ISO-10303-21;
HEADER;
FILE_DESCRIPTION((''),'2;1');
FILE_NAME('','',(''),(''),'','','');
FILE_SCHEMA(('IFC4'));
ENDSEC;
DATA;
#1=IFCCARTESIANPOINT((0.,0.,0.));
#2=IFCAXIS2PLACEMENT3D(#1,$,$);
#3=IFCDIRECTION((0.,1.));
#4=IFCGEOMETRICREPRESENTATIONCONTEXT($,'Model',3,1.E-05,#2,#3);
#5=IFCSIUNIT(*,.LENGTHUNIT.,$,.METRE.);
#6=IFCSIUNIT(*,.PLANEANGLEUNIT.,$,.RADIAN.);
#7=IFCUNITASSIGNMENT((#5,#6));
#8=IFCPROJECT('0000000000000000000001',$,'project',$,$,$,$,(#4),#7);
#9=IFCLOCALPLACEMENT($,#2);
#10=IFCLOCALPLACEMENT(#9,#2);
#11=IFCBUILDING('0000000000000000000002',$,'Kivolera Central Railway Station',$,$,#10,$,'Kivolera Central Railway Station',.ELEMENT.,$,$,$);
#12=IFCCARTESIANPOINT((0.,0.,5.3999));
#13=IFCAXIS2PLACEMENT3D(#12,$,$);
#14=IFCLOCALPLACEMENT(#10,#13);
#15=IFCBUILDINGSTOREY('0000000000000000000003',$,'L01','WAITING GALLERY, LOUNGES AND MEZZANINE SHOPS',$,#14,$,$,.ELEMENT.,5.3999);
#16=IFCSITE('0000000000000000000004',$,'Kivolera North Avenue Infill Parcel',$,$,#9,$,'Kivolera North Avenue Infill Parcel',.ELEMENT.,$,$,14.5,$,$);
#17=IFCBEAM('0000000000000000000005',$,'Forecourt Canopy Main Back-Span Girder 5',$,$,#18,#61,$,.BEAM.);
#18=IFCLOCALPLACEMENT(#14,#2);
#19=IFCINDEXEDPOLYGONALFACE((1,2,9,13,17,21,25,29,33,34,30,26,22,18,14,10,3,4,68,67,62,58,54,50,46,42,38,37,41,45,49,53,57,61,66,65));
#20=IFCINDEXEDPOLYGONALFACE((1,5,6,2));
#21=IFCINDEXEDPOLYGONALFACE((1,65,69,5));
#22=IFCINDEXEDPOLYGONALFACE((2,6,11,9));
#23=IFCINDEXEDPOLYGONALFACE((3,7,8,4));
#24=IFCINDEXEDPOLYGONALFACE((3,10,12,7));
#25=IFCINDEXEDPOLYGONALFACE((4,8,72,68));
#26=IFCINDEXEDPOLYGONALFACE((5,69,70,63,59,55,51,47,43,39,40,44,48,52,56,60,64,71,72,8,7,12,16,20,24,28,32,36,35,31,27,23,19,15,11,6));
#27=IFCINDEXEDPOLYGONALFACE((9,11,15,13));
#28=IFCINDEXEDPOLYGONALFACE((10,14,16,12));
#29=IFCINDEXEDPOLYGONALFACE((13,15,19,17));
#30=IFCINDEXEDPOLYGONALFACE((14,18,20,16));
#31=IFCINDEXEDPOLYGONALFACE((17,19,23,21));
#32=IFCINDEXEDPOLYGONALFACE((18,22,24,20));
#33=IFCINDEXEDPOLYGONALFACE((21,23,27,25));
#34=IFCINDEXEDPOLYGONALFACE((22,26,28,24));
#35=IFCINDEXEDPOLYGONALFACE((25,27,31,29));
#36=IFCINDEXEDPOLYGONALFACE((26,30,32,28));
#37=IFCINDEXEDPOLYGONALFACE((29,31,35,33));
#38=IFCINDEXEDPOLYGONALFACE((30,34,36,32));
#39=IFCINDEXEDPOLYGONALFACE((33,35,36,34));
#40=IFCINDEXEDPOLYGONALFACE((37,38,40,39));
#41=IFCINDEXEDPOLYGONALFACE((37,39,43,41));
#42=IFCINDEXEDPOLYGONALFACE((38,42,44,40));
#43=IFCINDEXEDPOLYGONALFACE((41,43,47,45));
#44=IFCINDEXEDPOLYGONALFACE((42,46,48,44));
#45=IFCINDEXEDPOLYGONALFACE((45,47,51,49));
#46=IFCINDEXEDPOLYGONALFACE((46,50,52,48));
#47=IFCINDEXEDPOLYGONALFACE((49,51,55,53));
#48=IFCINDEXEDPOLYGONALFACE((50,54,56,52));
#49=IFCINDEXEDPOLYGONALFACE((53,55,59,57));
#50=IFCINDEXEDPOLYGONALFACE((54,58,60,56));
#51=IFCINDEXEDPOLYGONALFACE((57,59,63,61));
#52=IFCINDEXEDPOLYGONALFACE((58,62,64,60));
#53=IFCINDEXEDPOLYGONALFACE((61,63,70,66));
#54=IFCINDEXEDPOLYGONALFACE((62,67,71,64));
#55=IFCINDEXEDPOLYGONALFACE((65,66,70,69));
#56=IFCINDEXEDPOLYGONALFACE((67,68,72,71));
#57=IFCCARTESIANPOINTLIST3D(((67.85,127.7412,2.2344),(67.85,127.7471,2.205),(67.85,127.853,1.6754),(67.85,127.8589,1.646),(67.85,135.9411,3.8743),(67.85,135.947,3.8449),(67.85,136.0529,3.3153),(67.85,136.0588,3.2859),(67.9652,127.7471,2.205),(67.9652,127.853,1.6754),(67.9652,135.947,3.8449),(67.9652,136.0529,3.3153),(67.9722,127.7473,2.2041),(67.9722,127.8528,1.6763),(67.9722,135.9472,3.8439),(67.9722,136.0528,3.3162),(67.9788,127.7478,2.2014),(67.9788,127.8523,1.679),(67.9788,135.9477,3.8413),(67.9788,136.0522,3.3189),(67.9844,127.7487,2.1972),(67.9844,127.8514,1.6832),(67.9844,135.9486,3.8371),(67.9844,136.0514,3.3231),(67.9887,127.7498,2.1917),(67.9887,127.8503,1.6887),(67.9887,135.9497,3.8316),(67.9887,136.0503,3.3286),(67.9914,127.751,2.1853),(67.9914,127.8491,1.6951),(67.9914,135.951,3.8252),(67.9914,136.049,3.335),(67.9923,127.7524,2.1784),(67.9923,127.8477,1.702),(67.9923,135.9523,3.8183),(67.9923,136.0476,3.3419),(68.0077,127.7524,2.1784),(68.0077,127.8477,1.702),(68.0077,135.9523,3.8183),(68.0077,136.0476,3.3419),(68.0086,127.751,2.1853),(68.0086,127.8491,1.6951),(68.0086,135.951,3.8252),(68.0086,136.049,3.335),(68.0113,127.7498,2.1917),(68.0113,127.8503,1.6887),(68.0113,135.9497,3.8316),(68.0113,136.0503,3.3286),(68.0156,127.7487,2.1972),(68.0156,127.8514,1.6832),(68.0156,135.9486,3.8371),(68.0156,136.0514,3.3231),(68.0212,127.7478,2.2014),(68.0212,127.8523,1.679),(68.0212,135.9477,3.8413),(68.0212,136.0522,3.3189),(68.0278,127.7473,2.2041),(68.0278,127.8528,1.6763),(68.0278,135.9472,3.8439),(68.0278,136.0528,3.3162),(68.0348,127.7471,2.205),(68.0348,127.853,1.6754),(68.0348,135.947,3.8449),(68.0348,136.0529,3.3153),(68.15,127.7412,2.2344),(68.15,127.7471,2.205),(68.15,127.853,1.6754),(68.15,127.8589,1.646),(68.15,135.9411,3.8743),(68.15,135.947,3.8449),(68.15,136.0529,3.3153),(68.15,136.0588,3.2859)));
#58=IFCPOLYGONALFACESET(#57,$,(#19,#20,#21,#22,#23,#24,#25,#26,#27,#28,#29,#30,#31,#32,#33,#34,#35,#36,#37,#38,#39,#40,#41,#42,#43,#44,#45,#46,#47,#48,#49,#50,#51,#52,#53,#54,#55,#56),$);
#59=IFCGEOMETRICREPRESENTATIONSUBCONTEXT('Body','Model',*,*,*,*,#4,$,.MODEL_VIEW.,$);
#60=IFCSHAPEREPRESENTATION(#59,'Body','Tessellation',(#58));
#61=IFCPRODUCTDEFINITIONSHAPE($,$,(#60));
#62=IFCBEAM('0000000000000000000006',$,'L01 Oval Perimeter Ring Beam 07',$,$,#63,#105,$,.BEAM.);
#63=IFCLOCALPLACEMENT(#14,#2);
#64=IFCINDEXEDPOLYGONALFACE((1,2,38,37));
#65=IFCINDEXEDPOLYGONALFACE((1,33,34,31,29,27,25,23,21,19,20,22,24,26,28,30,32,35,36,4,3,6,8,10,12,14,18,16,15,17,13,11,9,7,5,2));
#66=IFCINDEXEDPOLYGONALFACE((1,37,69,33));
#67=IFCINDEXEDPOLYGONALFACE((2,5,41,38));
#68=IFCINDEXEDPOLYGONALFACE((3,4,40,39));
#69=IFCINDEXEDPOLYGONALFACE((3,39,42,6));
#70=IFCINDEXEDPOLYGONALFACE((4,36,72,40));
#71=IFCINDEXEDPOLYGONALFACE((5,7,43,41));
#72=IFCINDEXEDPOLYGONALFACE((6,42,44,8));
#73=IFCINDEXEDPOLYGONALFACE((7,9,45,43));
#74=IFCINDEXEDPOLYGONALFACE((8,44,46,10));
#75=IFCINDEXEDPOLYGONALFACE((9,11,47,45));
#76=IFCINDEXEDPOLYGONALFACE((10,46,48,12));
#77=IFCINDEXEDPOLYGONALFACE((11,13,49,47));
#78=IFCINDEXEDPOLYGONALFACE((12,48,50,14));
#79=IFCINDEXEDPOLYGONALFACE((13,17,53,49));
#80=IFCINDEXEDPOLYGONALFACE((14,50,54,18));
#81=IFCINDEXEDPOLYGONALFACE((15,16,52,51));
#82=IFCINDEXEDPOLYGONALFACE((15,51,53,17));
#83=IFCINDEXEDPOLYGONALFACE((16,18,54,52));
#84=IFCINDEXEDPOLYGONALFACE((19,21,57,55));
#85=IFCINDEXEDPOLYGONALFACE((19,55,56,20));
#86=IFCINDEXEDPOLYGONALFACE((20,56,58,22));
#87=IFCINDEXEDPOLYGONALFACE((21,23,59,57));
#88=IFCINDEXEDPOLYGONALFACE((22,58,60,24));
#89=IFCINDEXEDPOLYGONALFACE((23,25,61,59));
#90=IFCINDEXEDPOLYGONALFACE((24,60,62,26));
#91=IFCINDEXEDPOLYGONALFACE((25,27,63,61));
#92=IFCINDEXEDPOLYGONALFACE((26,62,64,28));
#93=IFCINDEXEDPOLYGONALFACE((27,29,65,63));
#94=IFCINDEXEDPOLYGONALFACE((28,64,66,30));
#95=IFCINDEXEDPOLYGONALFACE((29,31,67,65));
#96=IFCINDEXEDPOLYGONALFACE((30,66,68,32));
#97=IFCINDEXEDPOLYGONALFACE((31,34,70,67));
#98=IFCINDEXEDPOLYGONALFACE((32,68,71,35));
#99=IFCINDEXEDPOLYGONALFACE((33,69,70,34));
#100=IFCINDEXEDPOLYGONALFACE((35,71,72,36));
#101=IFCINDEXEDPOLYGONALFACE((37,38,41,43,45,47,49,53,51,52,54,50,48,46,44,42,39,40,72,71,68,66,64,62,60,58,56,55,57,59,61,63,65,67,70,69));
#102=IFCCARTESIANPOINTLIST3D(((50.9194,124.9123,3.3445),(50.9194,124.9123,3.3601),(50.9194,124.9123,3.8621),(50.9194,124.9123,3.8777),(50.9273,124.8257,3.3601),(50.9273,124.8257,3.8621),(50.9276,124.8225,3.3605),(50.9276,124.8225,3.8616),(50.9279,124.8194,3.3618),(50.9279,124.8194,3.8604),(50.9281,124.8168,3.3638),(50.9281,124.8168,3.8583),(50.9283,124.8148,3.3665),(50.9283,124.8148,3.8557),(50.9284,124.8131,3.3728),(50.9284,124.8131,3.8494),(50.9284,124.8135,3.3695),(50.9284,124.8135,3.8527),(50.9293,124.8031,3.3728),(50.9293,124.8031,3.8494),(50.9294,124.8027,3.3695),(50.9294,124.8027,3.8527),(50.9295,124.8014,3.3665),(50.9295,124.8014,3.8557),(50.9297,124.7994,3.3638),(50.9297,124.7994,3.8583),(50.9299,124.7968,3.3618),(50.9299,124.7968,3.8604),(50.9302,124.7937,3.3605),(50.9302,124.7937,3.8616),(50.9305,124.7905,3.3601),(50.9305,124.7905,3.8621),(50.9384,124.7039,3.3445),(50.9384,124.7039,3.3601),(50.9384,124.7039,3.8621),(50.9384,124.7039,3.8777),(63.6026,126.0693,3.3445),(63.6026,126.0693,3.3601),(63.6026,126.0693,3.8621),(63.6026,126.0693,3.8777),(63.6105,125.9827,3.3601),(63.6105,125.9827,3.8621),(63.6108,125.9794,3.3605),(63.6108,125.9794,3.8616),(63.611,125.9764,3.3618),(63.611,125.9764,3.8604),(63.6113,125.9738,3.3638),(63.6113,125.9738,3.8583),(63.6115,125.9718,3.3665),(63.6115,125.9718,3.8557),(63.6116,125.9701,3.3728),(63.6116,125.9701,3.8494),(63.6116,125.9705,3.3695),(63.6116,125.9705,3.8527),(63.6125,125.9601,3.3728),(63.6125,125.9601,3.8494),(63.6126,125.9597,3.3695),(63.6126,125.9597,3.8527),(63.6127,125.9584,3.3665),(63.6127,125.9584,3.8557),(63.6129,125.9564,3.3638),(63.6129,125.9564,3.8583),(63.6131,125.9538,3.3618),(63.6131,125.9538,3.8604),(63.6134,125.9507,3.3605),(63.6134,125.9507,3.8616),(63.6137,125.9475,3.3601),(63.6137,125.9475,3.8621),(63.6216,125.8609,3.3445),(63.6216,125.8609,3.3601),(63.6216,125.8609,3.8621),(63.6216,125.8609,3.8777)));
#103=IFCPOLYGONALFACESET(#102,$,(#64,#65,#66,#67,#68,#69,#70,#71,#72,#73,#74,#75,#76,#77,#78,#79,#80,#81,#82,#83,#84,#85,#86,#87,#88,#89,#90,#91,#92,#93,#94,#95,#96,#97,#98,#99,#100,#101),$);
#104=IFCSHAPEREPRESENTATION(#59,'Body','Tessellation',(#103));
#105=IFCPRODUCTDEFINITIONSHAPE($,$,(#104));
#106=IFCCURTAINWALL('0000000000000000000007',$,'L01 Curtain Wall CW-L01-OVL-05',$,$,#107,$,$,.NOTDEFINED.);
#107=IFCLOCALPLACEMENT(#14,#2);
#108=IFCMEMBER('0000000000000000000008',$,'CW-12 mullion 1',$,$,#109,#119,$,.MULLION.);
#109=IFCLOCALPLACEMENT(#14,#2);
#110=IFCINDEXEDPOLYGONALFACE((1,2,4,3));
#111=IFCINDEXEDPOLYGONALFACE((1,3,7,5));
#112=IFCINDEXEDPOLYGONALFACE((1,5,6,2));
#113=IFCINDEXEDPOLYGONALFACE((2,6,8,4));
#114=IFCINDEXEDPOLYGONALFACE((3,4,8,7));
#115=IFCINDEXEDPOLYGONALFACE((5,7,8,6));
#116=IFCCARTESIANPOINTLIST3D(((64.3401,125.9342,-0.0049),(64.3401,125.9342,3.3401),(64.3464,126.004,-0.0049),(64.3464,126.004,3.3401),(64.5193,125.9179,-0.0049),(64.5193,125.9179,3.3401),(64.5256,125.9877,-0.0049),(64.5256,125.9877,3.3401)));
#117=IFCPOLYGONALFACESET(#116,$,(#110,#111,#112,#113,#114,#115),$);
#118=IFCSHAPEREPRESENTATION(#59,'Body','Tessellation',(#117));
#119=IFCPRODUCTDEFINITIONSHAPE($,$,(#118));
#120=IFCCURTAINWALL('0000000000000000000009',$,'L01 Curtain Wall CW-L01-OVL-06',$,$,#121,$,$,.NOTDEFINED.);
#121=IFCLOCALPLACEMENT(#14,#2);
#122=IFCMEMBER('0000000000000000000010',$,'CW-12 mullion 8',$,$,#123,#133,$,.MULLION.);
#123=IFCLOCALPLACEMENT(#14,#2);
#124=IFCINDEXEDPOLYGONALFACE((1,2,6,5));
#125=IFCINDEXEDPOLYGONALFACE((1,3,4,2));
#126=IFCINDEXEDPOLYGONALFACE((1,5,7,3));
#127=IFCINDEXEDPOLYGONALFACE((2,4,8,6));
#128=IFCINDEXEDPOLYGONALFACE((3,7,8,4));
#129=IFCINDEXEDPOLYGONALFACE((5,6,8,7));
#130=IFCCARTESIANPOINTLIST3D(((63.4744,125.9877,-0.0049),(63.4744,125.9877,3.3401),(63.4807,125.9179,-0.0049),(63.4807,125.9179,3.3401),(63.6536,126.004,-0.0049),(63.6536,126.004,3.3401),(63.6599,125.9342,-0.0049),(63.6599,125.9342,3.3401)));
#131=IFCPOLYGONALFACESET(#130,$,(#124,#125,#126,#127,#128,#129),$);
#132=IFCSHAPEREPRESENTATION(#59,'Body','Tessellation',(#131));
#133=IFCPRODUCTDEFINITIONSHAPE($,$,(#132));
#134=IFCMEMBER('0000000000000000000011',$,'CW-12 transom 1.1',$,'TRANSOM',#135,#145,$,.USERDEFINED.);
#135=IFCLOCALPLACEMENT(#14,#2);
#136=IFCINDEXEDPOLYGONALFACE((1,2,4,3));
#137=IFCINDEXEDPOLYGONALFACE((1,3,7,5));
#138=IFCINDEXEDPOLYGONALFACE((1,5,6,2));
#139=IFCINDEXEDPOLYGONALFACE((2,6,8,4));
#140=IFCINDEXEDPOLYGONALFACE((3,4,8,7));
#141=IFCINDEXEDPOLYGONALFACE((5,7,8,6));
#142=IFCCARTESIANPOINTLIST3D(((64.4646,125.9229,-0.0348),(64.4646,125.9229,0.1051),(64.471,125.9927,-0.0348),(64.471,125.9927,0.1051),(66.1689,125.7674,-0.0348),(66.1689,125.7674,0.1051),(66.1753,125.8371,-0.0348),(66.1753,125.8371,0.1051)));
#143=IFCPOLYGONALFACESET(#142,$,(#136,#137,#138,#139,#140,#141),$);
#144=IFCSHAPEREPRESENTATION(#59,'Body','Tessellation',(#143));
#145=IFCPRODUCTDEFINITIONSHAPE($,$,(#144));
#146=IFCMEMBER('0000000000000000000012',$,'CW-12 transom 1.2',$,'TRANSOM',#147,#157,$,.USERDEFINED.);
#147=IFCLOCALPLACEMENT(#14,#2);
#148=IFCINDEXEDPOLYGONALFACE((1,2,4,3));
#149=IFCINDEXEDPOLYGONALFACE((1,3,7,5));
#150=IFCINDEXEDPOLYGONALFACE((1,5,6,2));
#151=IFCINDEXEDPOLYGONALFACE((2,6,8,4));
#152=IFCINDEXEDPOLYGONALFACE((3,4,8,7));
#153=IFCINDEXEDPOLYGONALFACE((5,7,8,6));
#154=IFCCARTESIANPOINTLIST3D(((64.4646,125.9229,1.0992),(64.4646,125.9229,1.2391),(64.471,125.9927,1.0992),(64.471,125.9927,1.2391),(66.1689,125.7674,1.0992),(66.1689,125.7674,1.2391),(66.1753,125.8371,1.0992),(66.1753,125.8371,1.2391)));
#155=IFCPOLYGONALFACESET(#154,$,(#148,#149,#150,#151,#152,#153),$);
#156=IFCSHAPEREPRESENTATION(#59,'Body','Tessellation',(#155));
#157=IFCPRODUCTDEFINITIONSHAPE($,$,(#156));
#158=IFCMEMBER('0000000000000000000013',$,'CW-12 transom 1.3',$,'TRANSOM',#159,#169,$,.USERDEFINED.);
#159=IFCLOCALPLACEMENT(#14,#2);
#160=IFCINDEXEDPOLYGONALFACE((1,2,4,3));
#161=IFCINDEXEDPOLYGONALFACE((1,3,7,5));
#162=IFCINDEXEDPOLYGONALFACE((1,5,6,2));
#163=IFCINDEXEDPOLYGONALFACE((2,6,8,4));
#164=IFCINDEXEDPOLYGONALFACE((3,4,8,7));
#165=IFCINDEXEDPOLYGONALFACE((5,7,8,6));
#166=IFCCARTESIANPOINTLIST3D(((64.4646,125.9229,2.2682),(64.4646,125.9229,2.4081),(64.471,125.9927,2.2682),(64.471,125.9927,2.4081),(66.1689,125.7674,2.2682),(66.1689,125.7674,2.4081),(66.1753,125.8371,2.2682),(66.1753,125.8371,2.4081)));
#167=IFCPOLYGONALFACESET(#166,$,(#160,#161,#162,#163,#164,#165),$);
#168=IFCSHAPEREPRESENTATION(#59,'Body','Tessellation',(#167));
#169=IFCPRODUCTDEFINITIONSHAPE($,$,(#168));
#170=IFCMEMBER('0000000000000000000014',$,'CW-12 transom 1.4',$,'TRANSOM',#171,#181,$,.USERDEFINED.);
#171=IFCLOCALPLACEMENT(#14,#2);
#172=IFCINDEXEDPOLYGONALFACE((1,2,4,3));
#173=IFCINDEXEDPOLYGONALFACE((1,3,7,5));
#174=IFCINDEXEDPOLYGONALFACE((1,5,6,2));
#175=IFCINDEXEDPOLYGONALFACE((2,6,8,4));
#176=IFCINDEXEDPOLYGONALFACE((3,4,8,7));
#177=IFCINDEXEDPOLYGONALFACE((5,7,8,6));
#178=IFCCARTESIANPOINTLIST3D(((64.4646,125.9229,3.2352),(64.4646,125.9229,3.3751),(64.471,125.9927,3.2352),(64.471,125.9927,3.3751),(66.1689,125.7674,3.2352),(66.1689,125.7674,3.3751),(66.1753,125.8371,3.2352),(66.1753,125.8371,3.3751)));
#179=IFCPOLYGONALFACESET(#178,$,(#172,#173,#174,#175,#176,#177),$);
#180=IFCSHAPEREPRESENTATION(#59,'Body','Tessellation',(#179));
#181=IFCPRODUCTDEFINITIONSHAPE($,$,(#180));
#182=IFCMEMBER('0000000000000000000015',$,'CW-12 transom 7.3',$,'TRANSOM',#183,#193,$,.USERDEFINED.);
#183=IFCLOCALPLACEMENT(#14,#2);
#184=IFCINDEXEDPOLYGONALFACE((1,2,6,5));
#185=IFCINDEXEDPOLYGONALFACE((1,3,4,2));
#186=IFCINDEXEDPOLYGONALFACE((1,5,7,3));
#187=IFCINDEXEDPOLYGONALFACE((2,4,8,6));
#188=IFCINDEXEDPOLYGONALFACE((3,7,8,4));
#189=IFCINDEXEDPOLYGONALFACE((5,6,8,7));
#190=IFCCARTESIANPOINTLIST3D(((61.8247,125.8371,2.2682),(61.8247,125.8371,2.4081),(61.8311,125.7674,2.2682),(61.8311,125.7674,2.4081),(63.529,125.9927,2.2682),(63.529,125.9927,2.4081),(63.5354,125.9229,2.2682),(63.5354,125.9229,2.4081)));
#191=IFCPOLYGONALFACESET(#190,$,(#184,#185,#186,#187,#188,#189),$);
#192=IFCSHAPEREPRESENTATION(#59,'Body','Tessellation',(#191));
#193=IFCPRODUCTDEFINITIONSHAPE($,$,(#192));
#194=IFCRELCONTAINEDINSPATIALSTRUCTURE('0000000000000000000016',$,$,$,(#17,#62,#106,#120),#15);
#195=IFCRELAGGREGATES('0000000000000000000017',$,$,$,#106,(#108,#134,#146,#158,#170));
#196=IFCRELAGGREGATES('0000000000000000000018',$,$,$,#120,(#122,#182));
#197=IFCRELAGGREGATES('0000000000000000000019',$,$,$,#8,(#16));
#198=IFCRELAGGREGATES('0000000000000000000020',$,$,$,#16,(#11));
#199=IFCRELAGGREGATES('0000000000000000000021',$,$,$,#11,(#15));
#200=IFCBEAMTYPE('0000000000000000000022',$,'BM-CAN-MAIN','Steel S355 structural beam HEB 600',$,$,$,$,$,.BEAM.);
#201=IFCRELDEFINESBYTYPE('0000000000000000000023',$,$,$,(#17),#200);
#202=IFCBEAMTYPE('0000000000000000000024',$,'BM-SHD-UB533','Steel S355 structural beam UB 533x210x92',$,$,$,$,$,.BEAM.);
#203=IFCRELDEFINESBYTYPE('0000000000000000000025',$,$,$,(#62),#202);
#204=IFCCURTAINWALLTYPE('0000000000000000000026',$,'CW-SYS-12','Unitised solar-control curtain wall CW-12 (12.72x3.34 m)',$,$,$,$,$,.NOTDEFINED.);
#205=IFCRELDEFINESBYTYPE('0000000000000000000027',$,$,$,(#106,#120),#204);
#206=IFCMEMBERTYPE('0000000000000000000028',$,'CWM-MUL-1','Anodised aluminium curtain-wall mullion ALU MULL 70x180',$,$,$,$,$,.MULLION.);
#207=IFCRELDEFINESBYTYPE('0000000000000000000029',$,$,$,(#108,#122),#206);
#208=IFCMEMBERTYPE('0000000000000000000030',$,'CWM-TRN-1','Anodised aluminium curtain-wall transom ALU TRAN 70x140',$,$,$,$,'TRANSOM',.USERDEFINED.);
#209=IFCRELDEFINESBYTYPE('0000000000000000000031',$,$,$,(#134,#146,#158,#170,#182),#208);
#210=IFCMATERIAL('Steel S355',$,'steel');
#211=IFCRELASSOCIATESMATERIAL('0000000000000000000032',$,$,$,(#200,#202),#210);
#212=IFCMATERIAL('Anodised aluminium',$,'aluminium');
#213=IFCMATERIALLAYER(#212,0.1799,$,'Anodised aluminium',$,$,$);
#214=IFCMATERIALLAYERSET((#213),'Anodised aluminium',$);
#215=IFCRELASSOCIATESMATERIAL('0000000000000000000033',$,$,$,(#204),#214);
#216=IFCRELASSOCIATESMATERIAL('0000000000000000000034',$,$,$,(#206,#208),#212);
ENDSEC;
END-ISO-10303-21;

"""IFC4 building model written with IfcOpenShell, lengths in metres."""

from ifc_helpers import new_model, si_unit, direction, frame, origin, origin_2d, place, context, subcontext, project, spatial, rectangle, i_section, extrude, material, layer, layer_set, material_profile, profile_set, type_object, element, aggregate, save


model = new_model("IFC4")

# Units and contexts
model_context = context("Model", 3, precision=1e-05, world=origin(), true_north=direction((0.0, 1.0)))
body_context = subcontext(model_context, "Body", "Model", "MODEL_VIEW")
ifc_project = project(units=[si_unit("LENGTHUNIT", "METRE"), si_unit("PLANEANGLEUNIT", "RADIAN")], contexts=[model_context])

# Site, building, storey
site_placement = place(None, origin())
site = spatial("IfcSite", under=ifc_project, at=site_placement, Name="Kivolera North Avenue Infill Parcel", LongName="Kivolera North Avenue Infill Parcel", CompositionType="ELEMENT", RefElevation=14.5)
building_placement = place(site_placement, origin())
building = spatial("IfcBuilding", under=site, at=building_placement, Name="Kivolera Central Railway Station", LongName="Kivolera Central Railway Station", CompositionType="ELEMENT")
storey_placement = place(building_placement, frame((0.0, 0.0, 5.3999)))
storey = spatial("IfcBuildingStorey", under=building, at=storey_placement, Name="L01", Description="WAITING GALLERY, LOUNGES AND MEZZANINE SHOPS", CompositionType="ELEMENT", Elevation=5.3999)

# Shared definitions
ifc_material_1 = material(Name="Steel S355", Category="steel")

# Beams
ifc_material_profile_1 = material_profile(ifc_material_1, i_section(OverallWidth=0.3, OverallDepth=0.6001, WebThickness=0.0154, FlangeThickness=0.03, FilletRadius=0.0271, at=origin_2d()), Name="HEB 600")
ifc_profile_set_1 = profile_set([ifc_material_profile_1], Name="Steel S355")
beam_type_1 = type_object("IfcBeamType", Name="BM-CAN-MAIN", Description="Steel S355 structural beam HEB 600", PredefinedType="BEAM", material=ifc_profile_set_1)
beam_1_placement = place(storey_placement, frame((68.0, 127.8, 1.9402), z_axis=(0.0, 0.980583, 0.196105), x_axis=(-1.0, 0.0, 0.0)))
element("IfcBeam", 1, at=beam_1_placement, inside=storey, type_object=beam_type_1, Name="Forecourt Canopy Main Back-Span Girder 5", PredefinedType="BEAM", context=body_context, shape_type="SweptSolid", body=[
    extrude(i_section(OverallWidth=0.3, OverallDepth=0.6001, WebThickness=0.0154, FlangeThickness=0.03, FilletRadius=0.0271, at=origin_2d()), origin(), (0.0, 0.0, 1.0), 8.3623),
])
ifc_material_profile_2 = material_profile(ifc_material_1, i_section(OverallWidth=0.2092, OverallDepth=0.5332, WebThickness=0.01, FlangeThickness=0.0156, FilletRadius=0.0127, at=origin_2d()), Name="UB 533x210x92")
ifc_profile_set_2 = profile_set([ifc_material_profile_2], Name="Steel S355")
beam_type_2 = type_object("IfcBeamType", Name="BM-SHD-UB533", Description="Steel S355 structural beam UB 533x210x92", PredefinedType="BEAM", material=ifc_profile_set_2)
beam_2_placement = place(storey_placement, frame((63.6121, 125.9651, 3.6111), z_axis=(-0.995865, -0.090845, 0.0), x_axis=(0.090845, -0.995865, 0.0)))
element("IfcBeam", 2, at=beam_2_placement, inside=storey, type_object=beam_type_2, Name="L01 Oval Perimeter Ring Beam 07", PredefinedType="BEAM", context=body_context, shape_type="SweptSolid", body=[
    extrude(i_section(OverallWidth=0.2092, OverallDepth=0.5332, WebThickness=0.01, FlangeThickness=0.0156, FilletRadius=0.0127, at=origin_2d()), origin(), (0.0, 0.0, 1.0), 12.7358),
])

# Curtain walls, members
ifc_material_2 = material(Name="Anodised aluminium", Category="aluminium")
ifc_layer_1 = layer(ifc_material_2, 0.1799, Name="Anodised aluminium")
ifc_layer_set_1 = layer_set([ifc_layer_1], Name="Anodised aluminium")
curtain_wall_type = type_object("IfcCurtainWallType", Name="CW-SYS-12", Description="Unitised solar-control curtain wall CW-12 (12.72x3.34 m)", PredefinedType="NOTDEFINED", material=ifc_layer_set_1)
curtain_wall_1_placement = place(storey_placement, origin())
curtain_wall_1 = element("IfcCurtainWall", 3, at=curtain_wall_1_placement, inside=storey, type_object=curtain_wall_type, Name="L01 Curtain Wall CW-L01-OVL-05", PredefinedType="NOTDEFINED")
ifc_material_profile_3 = material_profile(ifc_material_2, rectangle(XDim=0.0701, YDim=0.1799, at=origin_2d()), Name="ALU MULL 70x180")
ifc_profile_set_3 = profile_set([ifc_material_profile_3], Name="Anodised aluminium")
member_type_1 = type_object("IfcMemberType", Name="CWM-MUL-1", Description="Anodised aluminium curtain-wall mullion ALU MULL 70x180", PredefinedType="MULLION", material=ifc_profile_set_3)
member_1_placement = place(storey_placement, frame((64.4329, 125.9609, -0.0049), z_axis=(0.0, 0.0, 1.0), x_axis=(0.090834, 0.995866, 0.0)))
member_1 = element("IfcMember", 4, at=member_1_placement, type_object=member_type_1, Name="CW-12 mullion 1", PredefinedType="MULLION", context=body_context, shape_type="SweptSolid", body=[
    extrude(rectangle(XDim=0.0701, YDim=0.1799, at=origin_2d()), origin(), (0.0, 0.0, 1.0), 3.345),
])
curtain_wall_2_placement = place(storey_placement, origin())
curtain_wall_2 = element("IfcCurtainWall", 5, at=curtain_wall_2_placement, inside=storey, type_object=curtain_wall_type, Name="L01 Curtain Wall CW-L01-OVL-06", PredefinedType="NOTDEFINED")
member_2_placement = place(storey_placement, frame((63.5671, 125.9609, -0.0049), z_axis=(0.0, 0.0, 1.0), x_axis=(-0.090834, 0.995866, 0.0)))
member_2 = element("IfcMember", 6, at=member_2_placement, type_object=member_type_1, Name="CW-12 mullion 8", PredefinedType="MULLION", context=body_context, shape_type="SweptSolid", body=[
    extrude(rectangle(XDim=0.0701, YDim=0.1799, at=origin_2d()), origin(), (0.0, 0.0, 1.0), 3.345),
])

# Members
ifc_material_profile_4 = material_profile(ifc_material_2, rectangle(XDim=0.0701, YDim=0.1399, at=origin_2d()), Name="ALU TRAN 70x140")
ifc_profile_set_4 = profile_set([ifc_material_profile_4], Name="Anodised aluminium")
member_type_2 = type_object("IfcMemberType", Name="CWM-TRN-1", Description="Anodised aluminium curtain-wall transom ALU TRAN 70x140", ElementType="TRANSOM", PredefinedType="USERDEFINED", material=ifc_profile_set_4)
member_3_placement = place(storey_placement, frame((64.4678, 125.9578, 0.0352), z_axis=(0.995863, -0.09087, 0.0), x_axis=(0.09087, 0.995863, 0.0)))
member_3 = element("IfcMember", 7, at=member_3_placement, type_object=member_type_2, Name="CW-12 transom 1.1", ObjectType="TRANSOM", PredefinedType="USERDEFINED", context=body_context, shape_type="SweptSolid", body=[
    extrude(rectangle(XDim=0.0701, YDim=0.1399, at=origin_2d()), origin(), (0.0, 0.0, 1.0), 1.7114),
])
member_4_placement = place(storey_placement, frame((64.4678, 125.9578, 1.1692), z_axis=(0.995863, -0.09087, 0.0), x_axis=(0.09087, 0.995863, 0.0)))
member_4 = element("IfcMember", 8, at=member_4_placement, type_object=member_type_2, Name="CW-12 transom 1.2", ObjectType="TRANSOM", PredefinedType="USERDEFINED", context=body_context, shape_type="SweptSolid", body=[
    extrude(rectangle(XDim=0.0701, YDim=0.1399, at=origin_2d()), origin(), (0.0, 0.0, 1.0), 1.7114),
])
member_5_placement = place(storey_placement, frame((64.4678, 125.9578, 2.3381), z_axis=(0.995863, -0.09087, 0.0), x_axis=(0.09087, 0.995863, 0.0)))
member_5 = element("IfcMember", 9, at=member_5_placement, type_object=member_type_2, Name="CW-12 transom 1.3", ObjectType="TRANSOM", PredefinedType="USERDEFINED", context=body_context, shape_type="SweptSolid", body=[
    extrude(rectangle(XDim=0.0701, YDim=0.1399, at=origin_2d()), origin(), (0.0, 0.0, 1.0), 1.7114),
])
member_6_placement = place(storey_placement, frame((64.4678, 125.9578, 3.3052), z_axis=(0.995863, -0.09087, 0.0), x_axis=(0.09087, 0.995863, 0.0)))
member_6 = element("IfcMember", 10, at=member_6_placement, type_object=member_type_2, Name="CW-12 transom 1.4", ObjectType="TRANSOM", PredefinedType="USERDEFINED", context=body_context, shape_type="SweptSolid", body=[
    extrude(rectangle(XDim=0.0701, YDim=0.1399, at=origin_2d()), origin(), (0.0, 0.0, 1.0), 1.7114),
])
member_7_placement = place(storey_placement, frame((61.8279, 125.8022, 2.3381), z_axis=(0.995863, 0.09087, 0.0), x_axis=(-0.09087, 0.995863, 0.0)))
member_7 = element("IfcMember", 11, at=member_7_placement, type_object=member_type_2, Name="CW-12 transom 7.3", ObjectType="TRANSOM", PredefinedType="USERDEFINED", context=body_context, shape_type="SweptSolid", body=[
    extrude(rectangle(XDim=0.0701, YDim=0.1399, at=origin_2d()), origin(), (0.0, 0.0, 1.0), 1.7114),
])

aggregate(curtain_wall_1, [member_1, member_3, member_4, member_5, member_6])
aggregate(curtain_wall_2, [member_2, member_7])

save(model, "model.ifc")
